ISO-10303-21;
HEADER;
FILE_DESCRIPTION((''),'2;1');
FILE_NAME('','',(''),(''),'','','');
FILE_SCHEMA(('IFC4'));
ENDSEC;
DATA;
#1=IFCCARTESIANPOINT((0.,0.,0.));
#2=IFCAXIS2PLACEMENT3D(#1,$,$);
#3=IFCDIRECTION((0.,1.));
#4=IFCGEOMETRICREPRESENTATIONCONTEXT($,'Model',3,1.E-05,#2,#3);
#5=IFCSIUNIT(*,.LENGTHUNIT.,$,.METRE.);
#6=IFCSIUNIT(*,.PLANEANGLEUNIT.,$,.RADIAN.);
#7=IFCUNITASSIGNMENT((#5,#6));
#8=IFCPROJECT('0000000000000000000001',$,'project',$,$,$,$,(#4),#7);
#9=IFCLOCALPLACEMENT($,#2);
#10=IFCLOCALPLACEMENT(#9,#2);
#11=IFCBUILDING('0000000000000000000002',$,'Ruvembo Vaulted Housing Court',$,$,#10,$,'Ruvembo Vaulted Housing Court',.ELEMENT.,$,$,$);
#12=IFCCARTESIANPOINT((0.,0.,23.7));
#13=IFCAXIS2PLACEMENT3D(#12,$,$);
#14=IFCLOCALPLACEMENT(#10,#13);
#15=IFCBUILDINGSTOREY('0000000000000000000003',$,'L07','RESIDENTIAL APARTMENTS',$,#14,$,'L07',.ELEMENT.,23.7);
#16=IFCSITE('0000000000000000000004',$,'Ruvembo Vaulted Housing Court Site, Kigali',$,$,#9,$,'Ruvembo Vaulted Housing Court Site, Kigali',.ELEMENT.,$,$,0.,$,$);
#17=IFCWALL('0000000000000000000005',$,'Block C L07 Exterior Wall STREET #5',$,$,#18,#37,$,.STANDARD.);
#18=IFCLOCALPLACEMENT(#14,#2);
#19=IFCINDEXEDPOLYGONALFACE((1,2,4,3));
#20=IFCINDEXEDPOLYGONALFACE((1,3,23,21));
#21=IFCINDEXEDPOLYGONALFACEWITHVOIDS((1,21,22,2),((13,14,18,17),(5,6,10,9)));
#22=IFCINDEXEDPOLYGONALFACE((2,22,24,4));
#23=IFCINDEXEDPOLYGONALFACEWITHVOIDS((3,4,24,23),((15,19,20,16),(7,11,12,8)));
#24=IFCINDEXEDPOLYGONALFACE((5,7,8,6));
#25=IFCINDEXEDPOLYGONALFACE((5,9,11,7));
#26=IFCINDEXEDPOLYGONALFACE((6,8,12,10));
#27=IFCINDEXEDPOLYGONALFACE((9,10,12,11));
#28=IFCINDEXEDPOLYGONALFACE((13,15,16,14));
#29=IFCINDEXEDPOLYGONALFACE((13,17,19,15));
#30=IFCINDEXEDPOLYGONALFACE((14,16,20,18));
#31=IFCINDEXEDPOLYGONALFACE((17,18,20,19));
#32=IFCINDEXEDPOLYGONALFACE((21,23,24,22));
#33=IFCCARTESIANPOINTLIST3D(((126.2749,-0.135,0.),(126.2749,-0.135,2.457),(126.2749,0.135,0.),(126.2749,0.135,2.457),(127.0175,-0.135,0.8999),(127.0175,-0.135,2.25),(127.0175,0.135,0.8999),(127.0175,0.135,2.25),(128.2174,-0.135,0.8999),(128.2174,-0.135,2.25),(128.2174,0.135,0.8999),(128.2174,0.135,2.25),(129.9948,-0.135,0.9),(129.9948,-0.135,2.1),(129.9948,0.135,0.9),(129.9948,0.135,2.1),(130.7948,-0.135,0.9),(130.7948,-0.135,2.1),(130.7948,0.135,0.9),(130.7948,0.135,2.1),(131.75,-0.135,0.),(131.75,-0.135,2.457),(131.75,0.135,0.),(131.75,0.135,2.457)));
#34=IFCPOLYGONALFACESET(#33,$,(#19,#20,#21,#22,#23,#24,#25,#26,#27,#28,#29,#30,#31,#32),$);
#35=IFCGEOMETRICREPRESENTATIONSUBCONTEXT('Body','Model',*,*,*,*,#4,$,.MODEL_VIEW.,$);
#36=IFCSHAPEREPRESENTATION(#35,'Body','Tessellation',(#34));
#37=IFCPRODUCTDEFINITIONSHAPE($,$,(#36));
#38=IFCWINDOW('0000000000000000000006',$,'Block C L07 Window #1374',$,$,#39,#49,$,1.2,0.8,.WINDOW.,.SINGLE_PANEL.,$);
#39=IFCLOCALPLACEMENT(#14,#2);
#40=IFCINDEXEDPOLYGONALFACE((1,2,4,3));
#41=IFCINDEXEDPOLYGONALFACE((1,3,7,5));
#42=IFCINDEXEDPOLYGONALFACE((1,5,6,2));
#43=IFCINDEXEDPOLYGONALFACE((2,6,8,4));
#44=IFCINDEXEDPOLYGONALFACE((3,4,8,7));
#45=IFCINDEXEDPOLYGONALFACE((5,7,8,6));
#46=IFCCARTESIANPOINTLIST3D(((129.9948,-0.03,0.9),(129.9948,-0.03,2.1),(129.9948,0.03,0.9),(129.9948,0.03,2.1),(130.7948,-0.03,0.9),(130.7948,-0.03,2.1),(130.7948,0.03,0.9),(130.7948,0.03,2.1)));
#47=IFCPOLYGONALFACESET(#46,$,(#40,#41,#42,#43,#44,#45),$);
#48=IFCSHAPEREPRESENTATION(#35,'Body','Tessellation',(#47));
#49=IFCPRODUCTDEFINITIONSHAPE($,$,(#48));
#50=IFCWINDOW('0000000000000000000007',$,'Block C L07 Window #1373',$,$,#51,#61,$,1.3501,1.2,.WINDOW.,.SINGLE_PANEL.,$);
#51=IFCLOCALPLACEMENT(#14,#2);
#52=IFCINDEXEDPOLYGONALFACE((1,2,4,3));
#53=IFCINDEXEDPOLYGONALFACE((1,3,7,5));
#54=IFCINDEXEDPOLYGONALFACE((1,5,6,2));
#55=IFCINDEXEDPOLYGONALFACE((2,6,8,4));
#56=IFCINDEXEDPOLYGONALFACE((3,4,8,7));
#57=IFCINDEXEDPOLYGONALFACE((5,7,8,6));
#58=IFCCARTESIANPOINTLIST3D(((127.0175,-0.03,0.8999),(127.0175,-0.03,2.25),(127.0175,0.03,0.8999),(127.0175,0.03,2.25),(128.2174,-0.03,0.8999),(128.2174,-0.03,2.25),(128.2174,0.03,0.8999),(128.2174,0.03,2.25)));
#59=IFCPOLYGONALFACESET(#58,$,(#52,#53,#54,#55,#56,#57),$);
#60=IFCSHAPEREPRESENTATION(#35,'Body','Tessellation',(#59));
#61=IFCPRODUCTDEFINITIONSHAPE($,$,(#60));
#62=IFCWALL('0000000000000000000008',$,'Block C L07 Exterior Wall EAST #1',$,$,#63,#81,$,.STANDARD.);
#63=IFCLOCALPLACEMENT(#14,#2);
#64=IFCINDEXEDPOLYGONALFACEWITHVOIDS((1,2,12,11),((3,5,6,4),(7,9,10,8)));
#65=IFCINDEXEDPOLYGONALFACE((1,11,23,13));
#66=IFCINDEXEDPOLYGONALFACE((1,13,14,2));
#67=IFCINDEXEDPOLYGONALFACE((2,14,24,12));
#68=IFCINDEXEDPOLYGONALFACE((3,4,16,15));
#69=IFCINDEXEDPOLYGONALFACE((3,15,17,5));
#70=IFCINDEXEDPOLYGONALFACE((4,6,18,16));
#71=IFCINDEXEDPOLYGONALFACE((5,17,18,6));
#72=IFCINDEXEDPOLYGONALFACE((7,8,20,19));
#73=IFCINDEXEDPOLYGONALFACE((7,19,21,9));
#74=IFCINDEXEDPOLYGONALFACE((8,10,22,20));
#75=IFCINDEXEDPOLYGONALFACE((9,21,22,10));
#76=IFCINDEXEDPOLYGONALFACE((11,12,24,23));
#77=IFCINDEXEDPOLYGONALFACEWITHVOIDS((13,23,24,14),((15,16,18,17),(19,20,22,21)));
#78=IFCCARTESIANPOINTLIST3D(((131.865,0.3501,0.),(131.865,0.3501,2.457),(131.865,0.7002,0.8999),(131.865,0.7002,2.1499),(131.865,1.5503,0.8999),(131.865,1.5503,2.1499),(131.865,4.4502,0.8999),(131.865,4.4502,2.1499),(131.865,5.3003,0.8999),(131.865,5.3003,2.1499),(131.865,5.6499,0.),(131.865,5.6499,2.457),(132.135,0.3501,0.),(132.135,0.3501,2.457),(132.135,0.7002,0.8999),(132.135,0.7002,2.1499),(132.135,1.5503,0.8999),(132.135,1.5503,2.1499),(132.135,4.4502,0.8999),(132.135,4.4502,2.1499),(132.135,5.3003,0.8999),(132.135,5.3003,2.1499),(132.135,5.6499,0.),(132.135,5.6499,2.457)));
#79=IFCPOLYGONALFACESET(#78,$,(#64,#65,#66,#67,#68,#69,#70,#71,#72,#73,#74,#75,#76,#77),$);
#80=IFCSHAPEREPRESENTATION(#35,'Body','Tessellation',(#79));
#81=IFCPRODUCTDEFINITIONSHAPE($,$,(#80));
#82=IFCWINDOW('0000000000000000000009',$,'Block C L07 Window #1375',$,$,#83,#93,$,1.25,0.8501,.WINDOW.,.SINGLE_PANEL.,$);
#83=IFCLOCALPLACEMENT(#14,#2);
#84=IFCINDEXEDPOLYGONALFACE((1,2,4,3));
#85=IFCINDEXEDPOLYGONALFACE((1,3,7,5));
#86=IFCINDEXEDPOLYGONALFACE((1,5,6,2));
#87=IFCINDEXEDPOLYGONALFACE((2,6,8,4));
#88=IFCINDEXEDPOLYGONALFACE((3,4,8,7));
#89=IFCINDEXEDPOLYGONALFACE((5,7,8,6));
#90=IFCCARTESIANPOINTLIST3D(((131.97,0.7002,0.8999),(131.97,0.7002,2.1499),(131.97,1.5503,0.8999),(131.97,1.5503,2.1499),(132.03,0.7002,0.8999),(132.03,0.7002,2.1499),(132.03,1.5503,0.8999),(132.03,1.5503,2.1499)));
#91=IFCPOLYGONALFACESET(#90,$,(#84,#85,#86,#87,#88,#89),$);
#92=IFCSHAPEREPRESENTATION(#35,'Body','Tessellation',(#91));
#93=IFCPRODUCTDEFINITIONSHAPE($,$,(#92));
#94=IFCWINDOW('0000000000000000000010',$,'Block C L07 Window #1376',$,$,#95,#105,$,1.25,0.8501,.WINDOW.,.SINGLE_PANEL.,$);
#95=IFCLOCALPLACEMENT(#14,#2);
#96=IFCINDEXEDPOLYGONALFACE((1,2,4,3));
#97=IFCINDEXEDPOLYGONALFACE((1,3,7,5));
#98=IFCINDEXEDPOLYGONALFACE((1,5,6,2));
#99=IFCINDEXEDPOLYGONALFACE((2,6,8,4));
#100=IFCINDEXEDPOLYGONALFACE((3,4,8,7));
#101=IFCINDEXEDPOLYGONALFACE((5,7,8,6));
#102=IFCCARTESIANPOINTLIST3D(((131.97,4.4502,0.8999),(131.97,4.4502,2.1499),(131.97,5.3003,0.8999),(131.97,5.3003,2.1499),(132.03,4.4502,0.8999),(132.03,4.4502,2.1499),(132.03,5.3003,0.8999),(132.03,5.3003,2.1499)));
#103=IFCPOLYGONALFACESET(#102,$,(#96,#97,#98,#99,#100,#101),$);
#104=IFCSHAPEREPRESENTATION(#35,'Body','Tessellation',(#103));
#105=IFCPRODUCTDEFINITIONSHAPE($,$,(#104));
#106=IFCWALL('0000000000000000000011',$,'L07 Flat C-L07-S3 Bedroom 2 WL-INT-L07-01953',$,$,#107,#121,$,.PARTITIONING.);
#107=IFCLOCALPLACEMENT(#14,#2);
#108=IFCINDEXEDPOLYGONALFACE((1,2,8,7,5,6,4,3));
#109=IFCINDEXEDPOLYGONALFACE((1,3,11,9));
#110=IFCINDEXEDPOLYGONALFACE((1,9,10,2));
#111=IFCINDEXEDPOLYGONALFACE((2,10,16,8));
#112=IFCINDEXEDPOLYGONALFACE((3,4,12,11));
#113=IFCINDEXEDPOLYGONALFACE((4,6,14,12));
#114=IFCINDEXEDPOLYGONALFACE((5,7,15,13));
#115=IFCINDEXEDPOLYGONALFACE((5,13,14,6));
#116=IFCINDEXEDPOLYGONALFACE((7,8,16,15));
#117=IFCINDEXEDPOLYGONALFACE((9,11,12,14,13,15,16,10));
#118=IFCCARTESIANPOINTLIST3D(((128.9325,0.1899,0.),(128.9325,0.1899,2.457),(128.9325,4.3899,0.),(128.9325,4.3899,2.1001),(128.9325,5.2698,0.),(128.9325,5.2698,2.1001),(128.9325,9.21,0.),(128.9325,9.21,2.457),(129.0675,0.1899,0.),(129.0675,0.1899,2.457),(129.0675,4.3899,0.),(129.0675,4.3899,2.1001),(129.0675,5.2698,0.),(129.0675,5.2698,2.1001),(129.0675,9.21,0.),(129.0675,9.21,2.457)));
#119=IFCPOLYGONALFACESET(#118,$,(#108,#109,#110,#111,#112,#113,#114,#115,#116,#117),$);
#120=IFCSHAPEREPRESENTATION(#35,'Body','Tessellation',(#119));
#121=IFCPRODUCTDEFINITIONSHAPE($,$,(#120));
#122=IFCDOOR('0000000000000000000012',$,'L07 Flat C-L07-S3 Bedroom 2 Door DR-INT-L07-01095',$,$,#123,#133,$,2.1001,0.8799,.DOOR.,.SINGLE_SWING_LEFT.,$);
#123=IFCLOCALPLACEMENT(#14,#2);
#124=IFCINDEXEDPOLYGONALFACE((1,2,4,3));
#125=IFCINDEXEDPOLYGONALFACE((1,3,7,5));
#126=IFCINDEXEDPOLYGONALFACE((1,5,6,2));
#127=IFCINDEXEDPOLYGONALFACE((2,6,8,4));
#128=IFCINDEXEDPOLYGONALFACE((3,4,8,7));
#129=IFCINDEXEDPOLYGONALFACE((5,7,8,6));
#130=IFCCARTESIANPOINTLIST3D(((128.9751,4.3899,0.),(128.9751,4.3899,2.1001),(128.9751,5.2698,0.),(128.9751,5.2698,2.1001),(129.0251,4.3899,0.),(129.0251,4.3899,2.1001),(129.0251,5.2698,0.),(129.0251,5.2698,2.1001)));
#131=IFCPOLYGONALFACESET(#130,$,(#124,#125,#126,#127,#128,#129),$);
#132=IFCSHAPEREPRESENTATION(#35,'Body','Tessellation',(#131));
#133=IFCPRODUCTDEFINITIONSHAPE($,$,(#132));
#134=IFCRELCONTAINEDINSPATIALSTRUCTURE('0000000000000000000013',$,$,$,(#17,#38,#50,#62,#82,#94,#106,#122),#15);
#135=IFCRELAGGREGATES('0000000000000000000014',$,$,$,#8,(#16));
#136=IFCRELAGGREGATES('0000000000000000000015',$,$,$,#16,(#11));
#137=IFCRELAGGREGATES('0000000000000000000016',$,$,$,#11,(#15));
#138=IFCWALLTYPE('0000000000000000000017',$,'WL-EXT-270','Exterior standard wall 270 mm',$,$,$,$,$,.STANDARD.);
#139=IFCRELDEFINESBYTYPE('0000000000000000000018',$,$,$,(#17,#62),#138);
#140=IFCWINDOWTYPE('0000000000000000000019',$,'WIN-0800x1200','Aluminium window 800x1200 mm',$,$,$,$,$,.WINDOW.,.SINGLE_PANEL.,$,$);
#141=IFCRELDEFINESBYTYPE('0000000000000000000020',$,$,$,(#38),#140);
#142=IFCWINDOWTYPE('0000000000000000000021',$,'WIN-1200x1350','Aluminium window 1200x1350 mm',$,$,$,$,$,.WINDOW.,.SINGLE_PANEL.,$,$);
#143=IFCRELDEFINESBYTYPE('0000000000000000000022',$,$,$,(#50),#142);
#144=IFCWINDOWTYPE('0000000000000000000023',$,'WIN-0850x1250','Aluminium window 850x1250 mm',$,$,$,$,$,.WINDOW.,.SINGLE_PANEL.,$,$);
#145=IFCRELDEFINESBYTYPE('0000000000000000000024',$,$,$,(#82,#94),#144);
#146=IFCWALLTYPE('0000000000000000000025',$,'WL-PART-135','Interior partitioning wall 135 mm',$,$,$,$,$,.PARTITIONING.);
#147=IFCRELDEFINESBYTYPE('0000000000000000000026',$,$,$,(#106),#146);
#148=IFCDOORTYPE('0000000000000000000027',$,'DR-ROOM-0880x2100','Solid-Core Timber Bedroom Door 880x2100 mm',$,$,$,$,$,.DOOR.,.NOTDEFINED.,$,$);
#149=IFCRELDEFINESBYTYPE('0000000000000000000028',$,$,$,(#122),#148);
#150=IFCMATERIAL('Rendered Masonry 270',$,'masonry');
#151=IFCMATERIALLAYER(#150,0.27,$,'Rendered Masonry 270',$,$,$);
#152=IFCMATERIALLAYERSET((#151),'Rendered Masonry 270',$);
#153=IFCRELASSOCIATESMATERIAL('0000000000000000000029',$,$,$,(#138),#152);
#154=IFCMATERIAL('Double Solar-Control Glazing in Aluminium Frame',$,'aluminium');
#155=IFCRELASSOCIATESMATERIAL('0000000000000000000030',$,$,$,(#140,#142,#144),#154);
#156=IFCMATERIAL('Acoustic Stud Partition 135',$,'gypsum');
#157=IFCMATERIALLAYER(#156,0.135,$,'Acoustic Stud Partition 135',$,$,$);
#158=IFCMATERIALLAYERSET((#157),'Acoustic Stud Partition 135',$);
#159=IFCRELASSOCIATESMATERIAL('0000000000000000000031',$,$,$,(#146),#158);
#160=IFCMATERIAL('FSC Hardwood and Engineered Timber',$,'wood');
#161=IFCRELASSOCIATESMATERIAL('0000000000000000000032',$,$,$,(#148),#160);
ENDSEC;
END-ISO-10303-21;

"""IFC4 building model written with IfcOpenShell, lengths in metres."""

from ifc_helpers import new_model, si_unit, direction, frame, frame_2d, origin, place, context, subcontext, project, spatial, rectangle, extrude, material, layer, layer_set, type_object, element, fill, save


model = new_model("IFC4")

# Units and contexts
model_context = context("Model", 3, precision=1e-05, world=origin(), true_north=direction((0.0, 1.0)))
body_context = subcontext(model_context, "Body", "Model", "MODEL_VIEW")
ifc_project = project(units=[si_unit("LENGTHUNIT", "METRE"), si_unit("PLANEANGLEUNIT", "RADIAN")], contexts=[model_context])

# Site, building, storey
site_placement = place(None, origin())
site = spatial("IfcSite", under=ifc_project, at=site_placement, Name="Ruvembo Vaulted Housing Court Site, Kigali", LongName="Ruvembo Vaulted Housing Court Site, Kigali", CompositionType="ELEMENT", RefElevation=0.0)
building_placement = place(site_placement, origin())
building = spatial("IfcBuilding", under=site, at=building_placement, Name="Ruvembo Vaulted Housing Court", LongName="Ruvembo Vaulted Housing Court", CompositionType="ELEMENT")
storey_placement = place(building_placement, frame((0.0, 0.0, 23.7)))
storey = spatial("IfcBuildingStorey", under=building, at=storey_placement, Name="L07", Description="RESIDENTIAL APARTMENTS", LongName="L07", CompositionType="ELEMENT", Elevation=23.7)

# Walls, openings, windows
ifc_material_1 = material(Name="Rendered Masonry 270", Category="masonry")
ifc_layer_1 = layer(ifc_material_1, 0.27, Name="Rendered Masonry 270")
ifc_layer_set_1 = layer_set([ifc_layer_1], Name="Rendered Masonry 270")
wall_type_1 = type_object("IfcWallType", Name="WL-EXT-270", Description="Exterior standard wall 270 mm", PredefinedType="STANDARD", material=ifc_layer_set_1)
wall_1_placement = place(storey_placement, frame((126.2749, 0.0, 0.0), z_axis=(0.0, 0.0, 1.0), x_axis=(1.0, 0.0, 0.0)))
wall_1 = element("IfcWall", 1, at=wall_1_placement, inside=storey, type_object=wall_type_1, Name="Block C L07 Exterior Wall STREET #5", PredefinedType="STANDARD", context=body_context, shape_type="SweptSolid", body=[
    extrude(rectangle(XDim=5.4751, YDim=0.27, at=frame_2d((2.7375, 0.0))), origin(), (0.0, 0.0, 1.0), 2.457),
])
opening_1_placement = place(wall_1_placement, frame((0.7424, 0.0, 0.8999)))
opening_1 = element("IfcOpeningElement", 2, at=opening_1_placement, cuts=wall_1, PredefinedType="OPENING", context=body_context, shape_type="SweptSolid", body=[
    extrude(rectangle(XDim=1.2, YDim=1.3501, at=frame_2d((0.6001, 0.675))), frame((0.0, 0.145, 0.0), z_axis=(0.0, -1.0, 0.0), x_axis=(1.0, 0.0, 0.0)), (0.0, 0.0, 1.0), 0.29),
])
opening_2_placement = place(wall_1_placement, frame((3.72, 0.0, 0.8999)))
opening_2 = element("IfcOpeningElement", 3, at=opening_2_placement, cuts=wall_1, PredefinedType="OPENING", context=body_context, shape_type="SweptSolid", body=[
    extrude(rectangle(XDim=0.8, YDim=1.2, at=frame_2d((0.3999, 0.6001))), frame((0.0, 0.145, 0.0), z_axis=(0.0, -1.0, 0.0), x_axis=(1.0, 0.0, 0.0)), (0.0, 0.0, 1.0), 0.29),
])
ifc_material_2 = material(Name="Double Solar-Control Glazing in Aluminium Frame", Category="aluminium")
window_type_1 = type_object("IfcWindowType", Name="WIN-0800x1200", Description="Aluminium window 800x1200 mm", PartitioningType="SINGLE_PANEL", PredefinedType="WINDOW", material=ifc_material_2)
window_1_placement = place(opening_2_placement, origin())
window_1 = element("IfcWindow", 4, at=window_1_placement, inside=storey, type_object=window_type_1, Name="Block C L07 Window #1374", OverallHeight=1.2, OverallWidth=0.8, PartitioningType="SINGLE_PANEL", PredefinedType="WINDOW", context=body_context, shape_type="SweptSolid", body=[
    extrude(rectangle(XDim=0.8, YDim=1.2, at=frame_2d((0.3999, 0.6001))), frame((0.0, 0.03, 0.0), z_axis=(0.0, -1.0, 0.0), x_axis=(1.0, 0.0, 0.0)), (0.0, 0.0, 1.0), 0.0601),
])
fill(opening_2, window_1)
window_type_2 = type_object("IfcWindowType", Name="WIN-1200x1350", Description="Aluminium window 1200x1350 mm", PartitioningType="SINGLE_PANEL", PredefinedType="WINDOW", material=ifc_material_2)
window_2_placement = place(opening_1_placement, origin())
window_2 = element("IfcWindow", 5, at=window_2_placement, inside=storey, type_object=window_type_2, Name="Block C L07 Window #1373", OverallHeight=1.3501, OverallWidth=1.2, PartitioningType="SINGLE_PANEL", PredefinedType="WINDOW", context=body_context, shape_type="SweptSolid", body=[
    extrude(rectangle(XDim=1.2, YDim=1.3501, at=frame_2d((0.6001, 0.675))), frame((0.0, 0.03, 0.0), z_axis=(0.0, -1.0, 0.0), x_axis=(1.0, 0.0, 0.0)), (0.0, 0.0, 1.0), 0.0601),
])
fill(opening_1, window_2)
wall_2_placement = place(storey_placement, frame((132.0, 0.3501, 0.0), z_axis=(0.0, 0.0, 1.0), x_axis=(0.0, 1.0, 0.0)))
wall_2 = element("IfcWall", 6, at=wall_2_placement, inside=storey, type_object=wall_type_1, Name="Block C L07 Exterior Wall EAST #1", PredefinedType="STANDARD", context=body_context, shape_type="SweptSolid", body=[
    extrude(rectangle(XDim=5.2998, YDim=0.27, at=frame_2d((2.6499, 0.0))), origin(), (0.0, 0.0, 1.0), 2.457),
])
opening_3_placement = place(wall_2_placement, frame((0.3501, 0.0, 0.8999)))
opening_3 = element("IfcOpeningElement", 7, at=opening_3_placement, cuts=wall_2, PredefinedType="OPENING", context=body_context, shape_type="SweptSolid", body=[
    extrude(rectangle(XDim=0.8501, YDim=1.25, at=frame_2d((0.425, 0.625))), frame((0.0, 0.145, 0.0), z_axis=(0.0, -1.0, 0.0), x_axis=(1.0, 0.0, 0.0)), (0.0, 0.0, 1.0), 0.29),
])
opening_4_placement = place(wall_2_placement, frame((4.1001, 0.0, 0.8999)))
opening_4 = element("IfcOpeningElement", 8, at=opening_4_placement, cuts=wall_2, PredefinedType="OPENING", context=body_context, shape_type="SweptSolid", body=[
    extrude(rectangle(XDim=0.8501, YDim=1.25, at=frame_2d((0.425, 0.625))), frame((0.0, 0.145, 0.0), z_axis=(0.0, -1.0, 0.0), x_axis=(1.0, 0.0, 0.0)), (0.0, 0.0, 1.0), 0.29),
])
window_type_3 = type_object("IfcWindowType", Name="WIN-0850x1250", Description="Aluminium window 850x1250 mm", PartitioningType="SINGLE_PANEL", PredefinedType="WINDOW", material=ifc_material_2)
window_3_placement = place(opening_3_placement, origin())
window_3 = element("IfcWindow", 9, at=window_3_placement, inside=storey, type_object=window_type_3, Name="Block C L07 Window #1375", OverallHeight=1.25, OverallWidth=0.8501, PartitioningType="SINGLE_PANEL", PredefinedType="WINDOW", context=body_context, shape_type="SweptSolid", body=[
    extrude(rectangle(XDim=0.8501, YDim=1.25, at=frame_2d((0.425, 0.625))), frame((0.0, 0.03, 0.0), z_axis=(0.0, -1.0, 0.0), x_axis=(1.0, 0.0, 0.0)), (0.0, 0.0, 1.0), 0.0601),
])
fill(opening_3, window_3)
window_4_placement = place(opening_4_placement, origin())
window_4 = element("IfcWindow", 10, at=window_4_placement, inside=storey, type_object=window_type_3, Name="Block C L07 Window #1376", OverallHeight=1.25, OverallWidth=0.8501, PartitioningType="SINGLE_PANEL", PredefinedType="WINDOW", context=body_context, shape_type="SweptSolid", body=[
    extrude(rectangle(XDim=0.8501, YDim=1.25, at=frame_2d((0.425, 0.625))), frame((0.0, 0.03, 0.0), z_axis=(0.0, -1.0, 0.0), x_axis=(1.0, 0.0, 0.0)), (0.0, 0.0, 1.0), 0.0601),
])
fill(opening_4, window_4)

# Wall, opening, door
ifc_material_3 = material(Name="Acoustic Stud Partition 135", Category="gypsum")
ifc_layer_2 = layer(ifc_material_3, 0.135, Name="Acoustic Stud Partition 135")
ifc_layer_set_2 = layer_set([ifc_layer_2], Name="Acoustic Stud Partition 135")
wall_type_2 = type_object("IfcWallType", Name="WL-PART-135", Description="Interior partitioning wall 135 mm", PredefinedType="PARTITIONING", material=ifc_layer_set_2)
wall_3_placement = place(storey_placement, frame((129.0, 0.1899, 0.0), z_axis=(0.0, 0.0, 1.0), x_axis=(0.0, 1.0, 0.0)))
wall_3 = element("IfcWall", 11, at=wall_3_placement, inside=storey, type_object=wall_type_2, Name="L07 Flat C-L07-S3 Bedroom 2 WL-INT-L07-01953", PredefinedType="PARTITIONING", context=body_context, shape_type="SweptSolid", body=[
    extrude(rectangle(XDim=9.02, YDim=0.135, at=frame_2d((4.51, 0.0))), origin(), (0.0, 0.0, 1.0), 2.457),
])
opening_5_placement = place(wall_3_placement, frame((4.2, 0.0, 0.0)))
opening_5 = element("IfcOpeningElement", 12, at=opening_5_placement, cuts=wall_3, PredefinedType="OPENING", context=body_context, shape_type="SweptSolid", body=[
    extrude(rectangle(XDim=0.8799, YDim=2.1001, at=frame_2d((0.4399, 1.05))), frame((0.0, 0.0774, 0.0), z_axis=(0.0, -1.0, 0.0), x_axis=(1.0, 0.0, 0.0)), (0.0, 0.0, 1.0), 0.155),
])
ifc_material_4 = material(Name="FSC Hardwood and Engineered Timber", Category="wood")
door_type = type_object("IfcDoorType", Name="DR-ROOM-0880x2100", Description="Solid-Core Timber Bedroom Door 880x2100 mm", OperationType="NOTDEFINED", PredefinedType="DOOR", material=ifc_material_4)
door_placement = place(opening_5_placement, origin())
door = element("IfcDoor", 13, at=door_placement, inside=storey, type_object=door_type, Name="L07 Flat C-L07-S3 Bedroom 2 Door DR-INT-L07-01095", OperationType="SINGLE_SWING_LEFT", OverallHeight=2.1001, OverallWidth=0.8799, PredefinedType="DOOR", context=body_context, shape_type="SweptSolid", body=[
    extrude(rectangle(XDim=0.8799, YDim=2.1001, at=frame_2d((0.4399, 1.05))), frame((0.0, 0.0249, 0.0), z_axis=(0.0, -1.0, 0.0), x_axis=(1.0, 0.0, 0.0)), (0.0, 0.0, 1.0), 0.05),
])
fill(opening_5, door)

save(model, "model.ifc")
